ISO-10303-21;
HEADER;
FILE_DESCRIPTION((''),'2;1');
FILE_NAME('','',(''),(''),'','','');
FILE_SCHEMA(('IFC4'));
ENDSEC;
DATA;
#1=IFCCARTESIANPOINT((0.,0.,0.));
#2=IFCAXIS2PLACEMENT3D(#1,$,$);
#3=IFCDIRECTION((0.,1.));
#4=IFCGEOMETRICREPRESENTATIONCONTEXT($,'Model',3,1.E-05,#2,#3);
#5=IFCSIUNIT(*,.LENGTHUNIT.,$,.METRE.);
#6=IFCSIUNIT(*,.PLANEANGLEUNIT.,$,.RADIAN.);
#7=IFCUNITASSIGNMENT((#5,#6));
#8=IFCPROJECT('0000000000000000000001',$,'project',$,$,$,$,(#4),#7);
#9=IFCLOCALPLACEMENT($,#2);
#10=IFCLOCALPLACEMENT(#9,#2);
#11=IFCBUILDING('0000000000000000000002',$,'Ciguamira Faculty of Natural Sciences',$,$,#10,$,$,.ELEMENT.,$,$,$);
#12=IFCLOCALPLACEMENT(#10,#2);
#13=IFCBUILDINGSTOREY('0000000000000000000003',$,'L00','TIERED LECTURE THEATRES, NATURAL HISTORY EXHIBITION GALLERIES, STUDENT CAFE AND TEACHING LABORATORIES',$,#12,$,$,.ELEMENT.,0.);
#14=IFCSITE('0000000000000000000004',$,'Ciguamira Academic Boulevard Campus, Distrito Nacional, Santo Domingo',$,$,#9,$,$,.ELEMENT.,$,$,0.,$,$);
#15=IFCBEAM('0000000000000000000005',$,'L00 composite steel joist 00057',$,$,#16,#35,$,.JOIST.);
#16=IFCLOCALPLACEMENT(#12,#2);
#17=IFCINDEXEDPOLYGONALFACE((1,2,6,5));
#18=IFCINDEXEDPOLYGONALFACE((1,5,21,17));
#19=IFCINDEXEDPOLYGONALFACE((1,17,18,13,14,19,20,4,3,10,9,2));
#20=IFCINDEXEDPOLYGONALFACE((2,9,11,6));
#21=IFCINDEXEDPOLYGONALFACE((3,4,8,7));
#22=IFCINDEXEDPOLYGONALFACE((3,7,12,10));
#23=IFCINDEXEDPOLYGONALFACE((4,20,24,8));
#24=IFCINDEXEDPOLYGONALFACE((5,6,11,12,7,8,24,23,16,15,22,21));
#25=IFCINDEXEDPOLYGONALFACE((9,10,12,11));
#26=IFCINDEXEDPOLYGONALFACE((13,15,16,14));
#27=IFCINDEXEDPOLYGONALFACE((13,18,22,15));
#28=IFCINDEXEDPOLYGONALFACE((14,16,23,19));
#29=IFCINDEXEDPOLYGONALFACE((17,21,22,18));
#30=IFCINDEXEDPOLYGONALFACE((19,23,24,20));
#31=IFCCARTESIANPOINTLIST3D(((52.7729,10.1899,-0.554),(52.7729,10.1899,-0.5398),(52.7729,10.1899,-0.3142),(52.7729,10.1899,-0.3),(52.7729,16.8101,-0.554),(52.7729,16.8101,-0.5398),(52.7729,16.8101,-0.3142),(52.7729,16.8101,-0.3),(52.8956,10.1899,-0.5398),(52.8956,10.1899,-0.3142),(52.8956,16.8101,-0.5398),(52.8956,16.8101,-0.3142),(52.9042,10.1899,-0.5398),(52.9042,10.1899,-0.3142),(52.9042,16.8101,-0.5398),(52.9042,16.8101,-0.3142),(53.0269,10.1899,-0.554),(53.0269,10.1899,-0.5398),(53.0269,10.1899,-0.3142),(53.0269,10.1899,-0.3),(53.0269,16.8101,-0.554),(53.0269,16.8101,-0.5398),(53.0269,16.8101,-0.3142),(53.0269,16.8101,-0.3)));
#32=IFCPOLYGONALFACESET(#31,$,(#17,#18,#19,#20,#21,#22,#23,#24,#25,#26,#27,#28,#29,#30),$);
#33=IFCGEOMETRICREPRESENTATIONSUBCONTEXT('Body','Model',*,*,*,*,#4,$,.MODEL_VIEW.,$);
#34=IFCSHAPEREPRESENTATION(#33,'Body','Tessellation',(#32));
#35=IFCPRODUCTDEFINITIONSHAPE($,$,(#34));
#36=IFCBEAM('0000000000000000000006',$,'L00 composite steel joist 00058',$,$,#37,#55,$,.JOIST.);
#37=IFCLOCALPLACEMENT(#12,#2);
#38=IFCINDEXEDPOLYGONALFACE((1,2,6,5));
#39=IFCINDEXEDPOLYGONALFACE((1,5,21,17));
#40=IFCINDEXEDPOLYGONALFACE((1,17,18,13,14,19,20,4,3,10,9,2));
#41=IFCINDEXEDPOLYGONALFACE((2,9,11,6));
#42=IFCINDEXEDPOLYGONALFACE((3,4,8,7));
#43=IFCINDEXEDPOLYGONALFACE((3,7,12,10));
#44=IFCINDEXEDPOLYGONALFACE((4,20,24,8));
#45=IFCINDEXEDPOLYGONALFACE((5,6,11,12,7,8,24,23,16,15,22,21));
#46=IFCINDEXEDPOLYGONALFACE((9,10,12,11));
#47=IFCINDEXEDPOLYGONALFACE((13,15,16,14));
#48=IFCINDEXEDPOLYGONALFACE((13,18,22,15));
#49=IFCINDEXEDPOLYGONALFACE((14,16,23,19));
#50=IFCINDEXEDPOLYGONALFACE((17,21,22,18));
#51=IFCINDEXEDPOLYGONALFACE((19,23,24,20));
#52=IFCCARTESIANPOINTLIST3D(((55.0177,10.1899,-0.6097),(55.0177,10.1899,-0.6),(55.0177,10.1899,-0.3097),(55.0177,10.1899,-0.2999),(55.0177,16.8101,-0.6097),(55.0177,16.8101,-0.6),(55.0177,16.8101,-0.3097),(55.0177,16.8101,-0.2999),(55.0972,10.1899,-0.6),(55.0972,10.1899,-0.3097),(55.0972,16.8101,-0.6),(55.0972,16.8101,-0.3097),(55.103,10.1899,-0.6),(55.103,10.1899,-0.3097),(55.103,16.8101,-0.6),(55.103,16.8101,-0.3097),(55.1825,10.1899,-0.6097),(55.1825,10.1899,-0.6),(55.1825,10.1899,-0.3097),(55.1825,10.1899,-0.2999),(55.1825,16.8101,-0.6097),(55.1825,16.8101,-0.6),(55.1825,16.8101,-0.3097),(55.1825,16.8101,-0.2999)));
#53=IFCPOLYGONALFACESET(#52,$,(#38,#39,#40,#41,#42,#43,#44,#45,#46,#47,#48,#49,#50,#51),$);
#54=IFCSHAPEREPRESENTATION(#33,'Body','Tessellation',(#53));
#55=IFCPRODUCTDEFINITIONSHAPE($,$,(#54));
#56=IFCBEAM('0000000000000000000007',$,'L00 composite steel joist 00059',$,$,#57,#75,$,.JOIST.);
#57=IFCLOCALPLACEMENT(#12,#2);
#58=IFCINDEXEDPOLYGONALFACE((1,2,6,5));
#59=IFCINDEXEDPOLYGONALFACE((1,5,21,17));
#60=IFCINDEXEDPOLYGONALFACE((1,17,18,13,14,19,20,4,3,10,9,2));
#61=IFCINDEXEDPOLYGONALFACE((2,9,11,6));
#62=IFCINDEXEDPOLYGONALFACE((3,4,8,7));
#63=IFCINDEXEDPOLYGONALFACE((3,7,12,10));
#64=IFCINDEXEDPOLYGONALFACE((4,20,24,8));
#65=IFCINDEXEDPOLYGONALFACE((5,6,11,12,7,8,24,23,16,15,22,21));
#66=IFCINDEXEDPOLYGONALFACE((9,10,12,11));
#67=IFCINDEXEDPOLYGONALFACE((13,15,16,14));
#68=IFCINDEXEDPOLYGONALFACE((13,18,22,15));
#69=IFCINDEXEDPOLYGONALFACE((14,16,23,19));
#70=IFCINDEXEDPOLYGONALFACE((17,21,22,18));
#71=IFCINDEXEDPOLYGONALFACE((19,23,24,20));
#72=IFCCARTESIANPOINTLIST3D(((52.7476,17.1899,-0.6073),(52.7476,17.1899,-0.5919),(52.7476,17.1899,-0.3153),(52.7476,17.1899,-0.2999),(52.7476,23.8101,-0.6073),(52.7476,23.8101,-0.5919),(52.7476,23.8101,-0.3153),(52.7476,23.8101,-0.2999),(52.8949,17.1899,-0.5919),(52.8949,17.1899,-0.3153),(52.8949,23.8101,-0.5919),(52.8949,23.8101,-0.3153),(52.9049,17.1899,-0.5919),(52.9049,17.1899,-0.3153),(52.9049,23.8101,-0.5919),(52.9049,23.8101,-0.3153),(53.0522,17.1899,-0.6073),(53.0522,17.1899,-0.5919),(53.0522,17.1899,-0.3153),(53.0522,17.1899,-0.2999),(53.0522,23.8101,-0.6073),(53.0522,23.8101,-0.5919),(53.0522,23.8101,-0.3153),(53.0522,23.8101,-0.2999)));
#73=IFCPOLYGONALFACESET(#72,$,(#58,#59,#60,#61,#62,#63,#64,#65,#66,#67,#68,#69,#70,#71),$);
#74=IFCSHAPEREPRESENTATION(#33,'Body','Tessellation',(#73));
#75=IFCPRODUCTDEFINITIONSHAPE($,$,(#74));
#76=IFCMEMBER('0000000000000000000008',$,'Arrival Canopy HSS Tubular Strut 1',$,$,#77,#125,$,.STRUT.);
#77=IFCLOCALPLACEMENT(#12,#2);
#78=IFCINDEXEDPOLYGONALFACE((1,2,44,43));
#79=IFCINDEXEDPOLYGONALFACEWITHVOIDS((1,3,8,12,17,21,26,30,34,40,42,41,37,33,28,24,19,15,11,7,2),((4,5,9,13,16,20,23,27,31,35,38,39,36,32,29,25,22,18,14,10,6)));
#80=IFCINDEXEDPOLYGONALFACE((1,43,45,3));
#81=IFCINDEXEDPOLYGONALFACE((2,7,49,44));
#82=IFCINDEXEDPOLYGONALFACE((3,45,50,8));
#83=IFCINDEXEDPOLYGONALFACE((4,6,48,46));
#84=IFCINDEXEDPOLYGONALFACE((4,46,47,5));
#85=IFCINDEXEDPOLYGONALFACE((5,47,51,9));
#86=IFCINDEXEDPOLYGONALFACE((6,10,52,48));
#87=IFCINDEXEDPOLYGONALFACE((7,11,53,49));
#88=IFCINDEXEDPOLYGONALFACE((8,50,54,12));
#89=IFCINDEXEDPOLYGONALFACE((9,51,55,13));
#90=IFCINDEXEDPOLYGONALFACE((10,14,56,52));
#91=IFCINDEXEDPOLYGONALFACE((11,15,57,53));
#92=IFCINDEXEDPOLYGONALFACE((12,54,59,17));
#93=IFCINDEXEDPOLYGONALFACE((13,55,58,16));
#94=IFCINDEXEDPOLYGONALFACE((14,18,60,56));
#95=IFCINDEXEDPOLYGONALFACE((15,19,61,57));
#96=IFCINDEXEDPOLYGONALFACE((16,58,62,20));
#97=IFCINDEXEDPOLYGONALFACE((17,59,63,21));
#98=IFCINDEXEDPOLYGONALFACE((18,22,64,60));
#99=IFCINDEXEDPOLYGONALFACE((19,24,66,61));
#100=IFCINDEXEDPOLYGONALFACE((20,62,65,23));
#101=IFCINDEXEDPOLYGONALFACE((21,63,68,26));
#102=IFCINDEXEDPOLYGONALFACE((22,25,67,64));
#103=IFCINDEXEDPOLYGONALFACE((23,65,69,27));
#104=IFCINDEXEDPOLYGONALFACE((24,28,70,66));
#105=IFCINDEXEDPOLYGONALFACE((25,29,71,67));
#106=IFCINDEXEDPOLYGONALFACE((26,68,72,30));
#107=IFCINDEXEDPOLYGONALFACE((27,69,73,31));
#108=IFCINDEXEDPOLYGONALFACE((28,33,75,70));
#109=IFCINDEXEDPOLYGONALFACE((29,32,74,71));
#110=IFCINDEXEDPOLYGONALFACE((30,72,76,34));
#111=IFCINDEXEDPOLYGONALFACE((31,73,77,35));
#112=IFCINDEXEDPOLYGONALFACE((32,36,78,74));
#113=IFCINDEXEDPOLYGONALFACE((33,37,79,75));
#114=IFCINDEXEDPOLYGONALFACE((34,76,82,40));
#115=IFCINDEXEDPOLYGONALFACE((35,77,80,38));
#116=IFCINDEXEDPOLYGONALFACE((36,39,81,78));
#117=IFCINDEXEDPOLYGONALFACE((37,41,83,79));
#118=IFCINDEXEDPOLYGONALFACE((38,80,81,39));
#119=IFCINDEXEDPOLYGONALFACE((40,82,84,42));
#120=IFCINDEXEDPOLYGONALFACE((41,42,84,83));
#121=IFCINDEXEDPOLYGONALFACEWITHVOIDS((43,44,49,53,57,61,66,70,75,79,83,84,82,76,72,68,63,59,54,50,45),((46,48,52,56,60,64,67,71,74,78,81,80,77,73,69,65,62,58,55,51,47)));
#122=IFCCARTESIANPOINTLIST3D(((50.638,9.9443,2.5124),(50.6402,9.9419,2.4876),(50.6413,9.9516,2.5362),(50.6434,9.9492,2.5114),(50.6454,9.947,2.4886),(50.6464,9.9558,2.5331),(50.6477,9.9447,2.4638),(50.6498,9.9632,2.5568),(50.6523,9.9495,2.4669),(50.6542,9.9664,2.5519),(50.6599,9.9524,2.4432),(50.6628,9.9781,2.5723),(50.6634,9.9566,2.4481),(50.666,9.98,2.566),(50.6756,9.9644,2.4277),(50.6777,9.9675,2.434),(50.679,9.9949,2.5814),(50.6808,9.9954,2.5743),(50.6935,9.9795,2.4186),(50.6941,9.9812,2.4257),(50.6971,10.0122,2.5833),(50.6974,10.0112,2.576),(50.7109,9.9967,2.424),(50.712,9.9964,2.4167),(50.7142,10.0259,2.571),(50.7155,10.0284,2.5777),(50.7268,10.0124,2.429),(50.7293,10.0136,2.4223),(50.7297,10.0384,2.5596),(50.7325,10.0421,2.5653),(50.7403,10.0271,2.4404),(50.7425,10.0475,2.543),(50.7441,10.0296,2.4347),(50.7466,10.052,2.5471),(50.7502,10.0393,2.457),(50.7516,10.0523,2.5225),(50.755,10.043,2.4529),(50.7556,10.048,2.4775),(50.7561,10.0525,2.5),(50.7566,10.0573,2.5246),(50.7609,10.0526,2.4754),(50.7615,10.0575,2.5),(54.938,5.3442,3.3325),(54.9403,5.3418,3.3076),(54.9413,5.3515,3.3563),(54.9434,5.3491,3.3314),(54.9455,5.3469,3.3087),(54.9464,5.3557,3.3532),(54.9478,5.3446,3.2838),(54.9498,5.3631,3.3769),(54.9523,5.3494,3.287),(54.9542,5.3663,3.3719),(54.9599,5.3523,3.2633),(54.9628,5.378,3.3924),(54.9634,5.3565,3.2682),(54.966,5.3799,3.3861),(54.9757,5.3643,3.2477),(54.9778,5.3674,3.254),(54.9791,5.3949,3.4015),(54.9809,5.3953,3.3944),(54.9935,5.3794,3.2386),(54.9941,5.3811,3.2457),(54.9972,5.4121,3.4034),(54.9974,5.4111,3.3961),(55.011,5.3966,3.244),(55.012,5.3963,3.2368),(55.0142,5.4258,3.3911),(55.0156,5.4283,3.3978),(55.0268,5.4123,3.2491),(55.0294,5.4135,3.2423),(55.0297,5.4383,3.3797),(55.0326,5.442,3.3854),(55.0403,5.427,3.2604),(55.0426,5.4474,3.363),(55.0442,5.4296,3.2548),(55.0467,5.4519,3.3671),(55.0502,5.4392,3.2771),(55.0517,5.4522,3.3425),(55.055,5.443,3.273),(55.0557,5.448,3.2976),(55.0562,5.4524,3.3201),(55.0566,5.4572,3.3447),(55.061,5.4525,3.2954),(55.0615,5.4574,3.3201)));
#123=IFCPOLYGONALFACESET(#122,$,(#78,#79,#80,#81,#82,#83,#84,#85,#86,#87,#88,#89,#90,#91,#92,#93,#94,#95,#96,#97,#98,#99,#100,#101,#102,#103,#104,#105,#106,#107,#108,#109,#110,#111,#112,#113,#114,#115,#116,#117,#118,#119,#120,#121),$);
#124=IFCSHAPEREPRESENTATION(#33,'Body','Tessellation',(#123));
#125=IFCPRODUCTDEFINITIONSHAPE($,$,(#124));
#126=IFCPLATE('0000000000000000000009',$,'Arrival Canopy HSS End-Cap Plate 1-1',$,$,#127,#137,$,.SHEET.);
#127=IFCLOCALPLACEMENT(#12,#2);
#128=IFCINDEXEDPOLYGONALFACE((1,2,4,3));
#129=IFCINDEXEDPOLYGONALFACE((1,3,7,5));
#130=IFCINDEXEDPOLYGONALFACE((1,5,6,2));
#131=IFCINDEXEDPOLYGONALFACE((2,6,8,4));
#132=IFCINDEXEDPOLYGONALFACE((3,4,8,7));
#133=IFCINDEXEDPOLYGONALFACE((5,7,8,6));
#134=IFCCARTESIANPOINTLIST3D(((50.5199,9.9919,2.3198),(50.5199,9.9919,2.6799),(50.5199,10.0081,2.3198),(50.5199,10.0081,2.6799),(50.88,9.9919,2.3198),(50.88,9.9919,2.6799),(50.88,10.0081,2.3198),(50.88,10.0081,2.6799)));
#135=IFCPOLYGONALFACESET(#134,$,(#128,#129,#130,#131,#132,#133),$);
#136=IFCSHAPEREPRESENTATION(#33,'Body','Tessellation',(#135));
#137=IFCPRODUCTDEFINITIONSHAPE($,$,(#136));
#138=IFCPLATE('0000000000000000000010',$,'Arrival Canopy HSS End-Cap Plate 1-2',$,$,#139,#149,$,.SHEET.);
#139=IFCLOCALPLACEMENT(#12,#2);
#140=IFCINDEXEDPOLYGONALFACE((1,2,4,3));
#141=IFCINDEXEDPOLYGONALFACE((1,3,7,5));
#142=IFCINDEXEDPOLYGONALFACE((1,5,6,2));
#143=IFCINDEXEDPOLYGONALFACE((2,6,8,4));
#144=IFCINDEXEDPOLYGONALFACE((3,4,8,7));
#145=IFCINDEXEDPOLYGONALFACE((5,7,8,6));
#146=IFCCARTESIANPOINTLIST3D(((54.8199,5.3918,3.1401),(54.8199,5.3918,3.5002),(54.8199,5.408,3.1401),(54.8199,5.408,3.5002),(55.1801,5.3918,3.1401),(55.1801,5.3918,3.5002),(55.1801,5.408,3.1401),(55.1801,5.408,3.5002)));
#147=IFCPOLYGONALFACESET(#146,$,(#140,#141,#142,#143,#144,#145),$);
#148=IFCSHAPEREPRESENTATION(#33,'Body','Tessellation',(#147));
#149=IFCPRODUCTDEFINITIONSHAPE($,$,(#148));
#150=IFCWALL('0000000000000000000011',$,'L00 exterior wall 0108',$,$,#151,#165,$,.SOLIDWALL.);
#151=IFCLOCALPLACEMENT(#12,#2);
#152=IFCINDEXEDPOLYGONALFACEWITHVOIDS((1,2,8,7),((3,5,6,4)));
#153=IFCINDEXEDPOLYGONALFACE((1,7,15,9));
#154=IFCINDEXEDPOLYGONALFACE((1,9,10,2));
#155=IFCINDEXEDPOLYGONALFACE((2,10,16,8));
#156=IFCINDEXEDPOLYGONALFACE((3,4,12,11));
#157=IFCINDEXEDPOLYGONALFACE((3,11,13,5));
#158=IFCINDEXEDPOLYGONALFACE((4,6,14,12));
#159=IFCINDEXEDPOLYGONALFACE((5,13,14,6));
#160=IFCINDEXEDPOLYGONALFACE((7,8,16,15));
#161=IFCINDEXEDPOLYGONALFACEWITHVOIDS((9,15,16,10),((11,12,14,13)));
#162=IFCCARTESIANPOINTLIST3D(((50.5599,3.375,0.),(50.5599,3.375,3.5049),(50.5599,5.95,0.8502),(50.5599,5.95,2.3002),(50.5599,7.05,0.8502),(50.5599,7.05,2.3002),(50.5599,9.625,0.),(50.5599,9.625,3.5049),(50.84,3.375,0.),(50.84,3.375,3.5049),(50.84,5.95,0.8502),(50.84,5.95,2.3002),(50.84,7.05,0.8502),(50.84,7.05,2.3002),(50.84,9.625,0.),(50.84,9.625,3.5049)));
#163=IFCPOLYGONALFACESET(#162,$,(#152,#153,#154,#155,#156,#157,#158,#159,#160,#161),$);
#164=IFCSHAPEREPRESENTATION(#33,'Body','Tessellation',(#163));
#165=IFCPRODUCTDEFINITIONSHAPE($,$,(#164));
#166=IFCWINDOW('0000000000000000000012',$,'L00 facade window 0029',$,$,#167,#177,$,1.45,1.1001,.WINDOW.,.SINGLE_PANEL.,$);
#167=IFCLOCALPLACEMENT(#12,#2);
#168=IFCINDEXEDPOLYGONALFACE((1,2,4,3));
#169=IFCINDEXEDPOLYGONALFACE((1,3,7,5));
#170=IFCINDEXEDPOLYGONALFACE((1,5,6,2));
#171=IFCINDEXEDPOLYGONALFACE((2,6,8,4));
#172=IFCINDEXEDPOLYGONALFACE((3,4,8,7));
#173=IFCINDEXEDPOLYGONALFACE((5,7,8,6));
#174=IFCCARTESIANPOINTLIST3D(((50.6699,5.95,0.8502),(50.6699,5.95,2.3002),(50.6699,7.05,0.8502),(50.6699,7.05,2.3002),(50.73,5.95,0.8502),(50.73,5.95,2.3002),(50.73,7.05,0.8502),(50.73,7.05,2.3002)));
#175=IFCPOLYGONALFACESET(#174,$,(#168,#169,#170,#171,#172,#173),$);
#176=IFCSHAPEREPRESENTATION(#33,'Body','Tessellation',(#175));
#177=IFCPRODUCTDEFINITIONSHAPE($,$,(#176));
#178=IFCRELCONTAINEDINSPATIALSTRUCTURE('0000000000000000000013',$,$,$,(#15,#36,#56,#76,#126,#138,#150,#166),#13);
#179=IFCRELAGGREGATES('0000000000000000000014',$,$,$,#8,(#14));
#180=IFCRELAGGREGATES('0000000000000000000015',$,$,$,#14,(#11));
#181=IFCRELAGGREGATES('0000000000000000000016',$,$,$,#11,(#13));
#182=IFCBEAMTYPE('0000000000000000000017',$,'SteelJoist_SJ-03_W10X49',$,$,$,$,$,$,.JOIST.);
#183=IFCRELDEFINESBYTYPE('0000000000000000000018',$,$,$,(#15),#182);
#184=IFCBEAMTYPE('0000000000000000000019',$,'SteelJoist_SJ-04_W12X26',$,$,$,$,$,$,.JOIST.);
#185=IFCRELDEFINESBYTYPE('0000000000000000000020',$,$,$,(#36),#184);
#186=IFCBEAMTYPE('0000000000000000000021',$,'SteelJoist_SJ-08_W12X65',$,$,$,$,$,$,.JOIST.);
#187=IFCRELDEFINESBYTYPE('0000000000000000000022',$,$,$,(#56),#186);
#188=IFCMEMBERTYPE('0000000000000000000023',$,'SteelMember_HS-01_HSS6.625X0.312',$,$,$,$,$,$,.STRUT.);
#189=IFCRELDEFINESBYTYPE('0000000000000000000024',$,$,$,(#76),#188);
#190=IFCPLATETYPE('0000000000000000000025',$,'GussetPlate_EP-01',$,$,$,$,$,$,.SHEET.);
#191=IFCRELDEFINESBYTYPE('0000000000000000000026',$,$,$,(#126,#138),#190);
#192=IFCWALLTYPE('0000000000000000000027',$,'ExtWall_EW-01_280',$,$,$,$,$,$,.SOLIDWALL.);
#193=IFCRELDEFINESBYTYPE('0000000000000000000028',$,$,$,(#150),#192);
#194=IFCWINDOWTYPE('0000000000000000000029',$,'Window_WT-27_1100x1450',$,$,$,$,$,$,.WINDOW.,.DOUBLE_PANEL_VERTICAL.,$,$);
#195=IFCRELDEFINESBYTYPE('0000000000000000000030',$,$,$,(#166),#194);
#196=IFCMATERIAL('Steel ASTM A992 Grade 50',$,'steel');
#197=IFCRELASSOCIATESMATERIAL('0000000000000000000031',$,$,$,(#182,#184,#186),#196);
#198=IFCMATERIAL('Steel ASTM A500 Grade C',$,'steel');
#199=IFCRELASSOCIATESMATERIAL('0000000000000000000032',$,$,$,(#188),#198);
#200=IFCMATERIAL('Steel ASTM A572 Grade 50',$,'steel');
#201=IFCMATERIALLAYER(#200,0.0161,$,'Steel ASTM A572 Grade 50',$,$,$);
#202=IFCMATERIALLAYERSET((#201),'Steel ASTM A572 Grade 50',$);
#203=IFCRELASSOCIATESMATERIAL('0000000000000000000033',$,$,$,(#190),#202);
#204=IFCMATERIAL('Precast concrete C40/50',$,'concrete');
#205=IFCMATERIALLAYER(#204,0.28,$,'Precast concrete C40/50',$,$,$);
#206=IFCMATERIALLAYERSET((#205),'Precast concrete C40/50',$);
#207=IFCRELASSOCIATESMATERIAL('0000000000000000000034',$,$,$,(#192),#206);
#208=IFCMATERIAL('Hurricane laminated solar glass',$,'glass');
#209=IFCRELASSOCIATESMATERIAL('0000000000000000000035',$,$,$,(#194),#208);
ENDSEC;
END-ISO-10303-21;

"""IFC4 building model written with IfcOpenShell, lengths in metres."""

from ifc_helpers import new_model, si_unit, direction, frame, frame_2d, origin, origin_2d, place, context, subcontext, project, spatial, rectangle, hollow_circle, i_section, extrude, material, layer, layer_set, material_profile, profile_set, type_object, element, fill, save


model = new_model("IFC4")

# Units and contexts
model_context = context("Model", 3, precision=1e-05, world=origin(), true_north=direction((0.0, 1.0)))
body_context = subcontext(model_context, "Body", "Model", "MODEL_VIEW")
ifc_project = project(units=[si_unit("LENGTHUNIT", "METRE"), si_unit("PLANEANGLEUNIT", "RADIAN")], contexts=[model_context])

# Site, building, storey
site_placement = place(None, origin())
site = spatial("IfcSite", under=ifc_project, at=site_placement, Name="Ciguamira Academic Boulevard Campus, Distrito Nacional, Santo Domingo", CompositionType="ELEMENT", RefElevation=0.0)
building_placement = place(site_placement, origin())
building = spatial("IfcBuilding", under=site, at=building_placement, Name="Ciguamira Faculty of Natural Sciences", CompositionType="ELEMENT")
storey_placement = place(building_placement, origin())
storey = spatial("IfcBuildingStorey", under=building, at=storey_placement, Name="L00", Description="TIERED LECTURE THEATRES, NATURAL HISTORY EXHIBITION GALLERIES, STUDENT CAFE AND TEACHING LABORATORIES", CompositionType="ELEMENT", Elevation=0.0)

# Beams
ifc_material_1 = material(Name="Precast concrete C40/50", Category="concrete")
ifc_material_2 = material(Name="Steel ASTM A992 Grade 50", Category="steel")
ifc_material_profile_1 = material_profile(ifc_material_2, i_section(OverallWidth=0.2539, OverallDepth=0.2539, WebThickness=0.0085, FlangeThickness=0.0142, at=origin_2d()), Name="W10X49")
ifc_profile_set_1 = profile_set([ifc_material_profile_1], Name="Steel ASTM A992 Grade 50")
beam_type_1 = type_object("IfcBeamType", Name="SteelJoist_SJ-03_W10X49", PredefinedType="JOIST", material=ifc_profile_set_1)
beam_1_placement = place(storey_placement, frame((52.8999, 10.1899, -0.427), z_axis=(0.0, 1.0, 0.0), x_axis=(-1.0, 0.0, 0.0)))
element("IfcBeam", 1, at=beam_1_placement, inside=storey, type_object=beam_type_1, Name="L00 composite steel joist 00057", PredefinedType="JOIST", context=body_context, shape_type="SweptSolid", body=[
    extrude(i_section(OverallWidth=0.2539, OverallDepth=0.2539, WebThickness=0.0085, FlangeThickness=0.0142, at=origin_2d()), origin(), (0.0, 0.0, 1.0), 6.6201),
])
ifc_material_profile_2 = material_profile(ifc_material_2, i_section(OverallWidth=0.1648, OverallDepth=0.3098, WebThickness=0.0059, FlangeThickness=0.0098, at=origin_2d()), Name="W12X26")
ifc_profile_set_2 = profile_set([ifc_material_profile_2], Name="Steel ASTM A992 Grade 50")
beam_type_2 = type_object("IfcBeamType", Name="SteelJoist_SJ-04_W12X26", PredefinedType="JOIST", material=ifc_profile_set_2)
beam_2_placement = place(storey_placement, frame((55.1001, 10.1899, -0.4548), z_axis=(0.0, 1.0, 0.0), x_axis=(-1.0, 0.0, 0.0)))
element("IfcBeam", 2, at=beam_2_placement, inside=storey, type_object=beam_type_2, Name="L00 composite steel joist 00058", PredefinedType="JOIST", context=body_context, shape_type="SweptSolid", body=[
    extrude(i_section(OverallWidth=0.1648, OverallDepth=0.3098, WebThickness=0.0059, FlangeThickness=0.0098, at=origin_2d()), origin(), (0.0, 0.0, 1.0), 6.6201),
])
ifc_material_profile_3 = material_profile(ifc_material_2, i_section(OverallWidth=0.3047, OverallDepth=0.3074, WebThickness=0.01, FlangeThickness=0.0154, at=origin_2d()), Name="W12X65")
ifc_profile_set_3 = profile_set([ifc_material_profile_3], Name="Steel ASTM A992 Grade 50")
beam_type_3 = type_object("IfcBeamType", Name="SteelJoist_SJ-08_W12X65", PredefinedType="JOIST", material=ifc_profile_set_3)
beam_3_placement = place(storey_placement, frame((52.8999, 17.1899, -0.4536), z_axis=(0.0, 1.0, 0.0), x_axis=(-1.0, 0.0, 0.0)))
element("IfcBeam", 3, at=beam_3_placement, inside=storey, type_object=beam_type_3, Name="L00 composite steel joist 00059", PredefinedType="JOIST", context=body_context, shape_type="SweptSolid", body=[
    extrude(i_section(OverallWidth=0.3047, OverallDepth=0.3074, WebThickness=0.01, FlangeThickness=0.0154, at=origin_2d()), origin(), (0.0, 0.0, 1.0), 6.6201),
])

# Member
ifc_material_3 = material(Name="Steel ASTM A500 Grade C", Category="steel")
ifc_material_profile_4 = material_profile(ifc_material_3, hollow_circle(Radius=0.0842, WallThickness=0.0073, at=origin_2d()), Name="HSS6.625X0.312")
ifc_profile_set_4 = profile_set([ifc_material_profile_4], Name="Steel ASTM A500 Grade C")
member_type = type_object("IfcMemberType", Name="SteelMember_HS-01_HSS6.625X0.312", PredefinedType="STRUT", material=ifc_profile_set_4)
member_placement = place(storey_placement, frame((50.7, 10.0, 2.5), z_axis=(0.677162, -0.724413, 0.129142), x_axis=(0.73053, 0.68288, 0.0)))
element("IfcMember", 4, at=member_placement, inside=storey, type_object=member_type, Name="Arrival Canopy HSS Tubular Strut 1", PredefinedType="STRUT", context=body_context, shape_type="SweptSolid", body=[
    extrude(hollow_circle(Radius=0.0842, WallThickness=0.0073, at=origin_2d()), origin(), (0.0, 0.0, 1.0), 6.3501),
])

# Plates
ifc_material_4 = material(Name="Steel ASTM A572 Grade 50", Category="steel")
ifc_layer_1 = layer(ifc_material_4, 0.0161, Name="Steel ASTM A572 Grade 50")
ifc_layer_set_1 = layer_set([ifc_layer_1], Name="Steel ASTM A572 Grade 50")
plate_type = type_object("IfcPlateType", Name="GussetPlate_EP-01", PredefinedType="SHEET", material=ifc_layer_set_1)
for number, where, z_axis, x_axis, name in (
    (5, (50.7, 10.0, 2.3198), (0.0, 0.0, 1.0), (1.0, 0.0, 0.0), "Arrival Canopy HSS End-Cap Plate 1-1"),
    (6, (55.0, 5.3999, 3.1401), (0.0, 0.0, 1.0), (1.0, 0.0, 0.0), "Arrival Canopy HSS End-Cap Plate 1-2"),
):
    element("IfcPlate", number, at=place(storey_placement, frame(where, z_axis=z_axis, x_axis=x_axis)), inside=storey, type_object=plate_type, Name=name, PredefinedType="SHEET", context=body_context, shape_type="SweptSolid", body=[
        extrude(rectangle(XDim=0.3601, YDim=0.0161, at=origin_2d()), origin(), (0.0, 0.0, 1.0), 0.3601),
    ])

# Wall, opening, window
ifc_layer_2 = layer(ifc_material_1, 0.28, Name="Precast concrete C40/50")
ifc_layer_set_2 = layer_set([ifc_layer_2], Name="Precast concrete C40/50")
wall_type_1 = type_object("IfcWallType", Name="ExtWall_EW-01_280", PredefinedType="SOLIDWALL", material=ifc_layer_set_2)
wall_1_placement = place(storey_placement, frame((50.7, 3.375, 0.0), z_axis=(0.0, 0.0, 1.0), x_axis=(0.0, 1.0, 0.0)))
wall_1 = element("IfcWall", 7, at=wall_1_placement, inside=storey, type_object=wall_type_1, Name="L00 exterior wall 0108", PredefinedType="SOLIDWALL", context=body_context, shape_type="SweptSolid", body=[
    extrude(rectangle(XDim=6.25, YDim=0.28, at=frame_2d((3.125, 0.0))), origin(), (0.0, 0.0, 1.0), 3.5049),
])
opening_1_placement = place(wall_1_placement, frame((2.575, 0.0, 0.8501)))
opening_1 = element("IfcOpeningElement", 8, at=opening_1_placement, cuts=wall_1, PredefinedType="OPENING", context=body_context, shape_type="SweptSolid", body=[
    extrude(rectangle(XDim=1.1001, YDim=1.45, at=frame_2d((0.55, 0.7251))), frame((0.0, 0.1499, 0.0), z_axis=(0.0, -1.0, 0.0), x_axis=(1.0, 0.0, 0.0)), (0.0, 0.0, 1.0), 0.3),
])
ifc_material_5 = material(Name="Hurricane laminated solar glass", Category="glass")
window_type = type_object("IfcWindowType", Name="Window_WT-27_1100x1450", PartitioningType="DOUBLE_PANEL_VERTICAL", PredefinedType="WINDOW", material=ifc_material_5)
window_placement = place(opening_1_placement, origin())
window = element("IfcWindow", 9, at=window_placement, inside=storey, type_object=window_type, Name="L00 facade window 0029", OverallHeight=1.45, OverallWidth=1.1001, PartitioningType="SINGLE_PANEL", PredefinedType="WINDOW", context=body_context, shape_type="SweptSolid", body=[
    extrude(rectangle(XDim=1.1001, YDim=1.45, at=frame_2d((0.55, 0.7251))), frame((0.0, 0.03, 0.0), z_axis=(0.0, -1.0, 0.0), x_axis=(1.0, 0.0, 0.0)), (0.0, 0.0, 1.0), 0.0601),
])
fill(opening_1, window)

save(model, "model.ifc")
